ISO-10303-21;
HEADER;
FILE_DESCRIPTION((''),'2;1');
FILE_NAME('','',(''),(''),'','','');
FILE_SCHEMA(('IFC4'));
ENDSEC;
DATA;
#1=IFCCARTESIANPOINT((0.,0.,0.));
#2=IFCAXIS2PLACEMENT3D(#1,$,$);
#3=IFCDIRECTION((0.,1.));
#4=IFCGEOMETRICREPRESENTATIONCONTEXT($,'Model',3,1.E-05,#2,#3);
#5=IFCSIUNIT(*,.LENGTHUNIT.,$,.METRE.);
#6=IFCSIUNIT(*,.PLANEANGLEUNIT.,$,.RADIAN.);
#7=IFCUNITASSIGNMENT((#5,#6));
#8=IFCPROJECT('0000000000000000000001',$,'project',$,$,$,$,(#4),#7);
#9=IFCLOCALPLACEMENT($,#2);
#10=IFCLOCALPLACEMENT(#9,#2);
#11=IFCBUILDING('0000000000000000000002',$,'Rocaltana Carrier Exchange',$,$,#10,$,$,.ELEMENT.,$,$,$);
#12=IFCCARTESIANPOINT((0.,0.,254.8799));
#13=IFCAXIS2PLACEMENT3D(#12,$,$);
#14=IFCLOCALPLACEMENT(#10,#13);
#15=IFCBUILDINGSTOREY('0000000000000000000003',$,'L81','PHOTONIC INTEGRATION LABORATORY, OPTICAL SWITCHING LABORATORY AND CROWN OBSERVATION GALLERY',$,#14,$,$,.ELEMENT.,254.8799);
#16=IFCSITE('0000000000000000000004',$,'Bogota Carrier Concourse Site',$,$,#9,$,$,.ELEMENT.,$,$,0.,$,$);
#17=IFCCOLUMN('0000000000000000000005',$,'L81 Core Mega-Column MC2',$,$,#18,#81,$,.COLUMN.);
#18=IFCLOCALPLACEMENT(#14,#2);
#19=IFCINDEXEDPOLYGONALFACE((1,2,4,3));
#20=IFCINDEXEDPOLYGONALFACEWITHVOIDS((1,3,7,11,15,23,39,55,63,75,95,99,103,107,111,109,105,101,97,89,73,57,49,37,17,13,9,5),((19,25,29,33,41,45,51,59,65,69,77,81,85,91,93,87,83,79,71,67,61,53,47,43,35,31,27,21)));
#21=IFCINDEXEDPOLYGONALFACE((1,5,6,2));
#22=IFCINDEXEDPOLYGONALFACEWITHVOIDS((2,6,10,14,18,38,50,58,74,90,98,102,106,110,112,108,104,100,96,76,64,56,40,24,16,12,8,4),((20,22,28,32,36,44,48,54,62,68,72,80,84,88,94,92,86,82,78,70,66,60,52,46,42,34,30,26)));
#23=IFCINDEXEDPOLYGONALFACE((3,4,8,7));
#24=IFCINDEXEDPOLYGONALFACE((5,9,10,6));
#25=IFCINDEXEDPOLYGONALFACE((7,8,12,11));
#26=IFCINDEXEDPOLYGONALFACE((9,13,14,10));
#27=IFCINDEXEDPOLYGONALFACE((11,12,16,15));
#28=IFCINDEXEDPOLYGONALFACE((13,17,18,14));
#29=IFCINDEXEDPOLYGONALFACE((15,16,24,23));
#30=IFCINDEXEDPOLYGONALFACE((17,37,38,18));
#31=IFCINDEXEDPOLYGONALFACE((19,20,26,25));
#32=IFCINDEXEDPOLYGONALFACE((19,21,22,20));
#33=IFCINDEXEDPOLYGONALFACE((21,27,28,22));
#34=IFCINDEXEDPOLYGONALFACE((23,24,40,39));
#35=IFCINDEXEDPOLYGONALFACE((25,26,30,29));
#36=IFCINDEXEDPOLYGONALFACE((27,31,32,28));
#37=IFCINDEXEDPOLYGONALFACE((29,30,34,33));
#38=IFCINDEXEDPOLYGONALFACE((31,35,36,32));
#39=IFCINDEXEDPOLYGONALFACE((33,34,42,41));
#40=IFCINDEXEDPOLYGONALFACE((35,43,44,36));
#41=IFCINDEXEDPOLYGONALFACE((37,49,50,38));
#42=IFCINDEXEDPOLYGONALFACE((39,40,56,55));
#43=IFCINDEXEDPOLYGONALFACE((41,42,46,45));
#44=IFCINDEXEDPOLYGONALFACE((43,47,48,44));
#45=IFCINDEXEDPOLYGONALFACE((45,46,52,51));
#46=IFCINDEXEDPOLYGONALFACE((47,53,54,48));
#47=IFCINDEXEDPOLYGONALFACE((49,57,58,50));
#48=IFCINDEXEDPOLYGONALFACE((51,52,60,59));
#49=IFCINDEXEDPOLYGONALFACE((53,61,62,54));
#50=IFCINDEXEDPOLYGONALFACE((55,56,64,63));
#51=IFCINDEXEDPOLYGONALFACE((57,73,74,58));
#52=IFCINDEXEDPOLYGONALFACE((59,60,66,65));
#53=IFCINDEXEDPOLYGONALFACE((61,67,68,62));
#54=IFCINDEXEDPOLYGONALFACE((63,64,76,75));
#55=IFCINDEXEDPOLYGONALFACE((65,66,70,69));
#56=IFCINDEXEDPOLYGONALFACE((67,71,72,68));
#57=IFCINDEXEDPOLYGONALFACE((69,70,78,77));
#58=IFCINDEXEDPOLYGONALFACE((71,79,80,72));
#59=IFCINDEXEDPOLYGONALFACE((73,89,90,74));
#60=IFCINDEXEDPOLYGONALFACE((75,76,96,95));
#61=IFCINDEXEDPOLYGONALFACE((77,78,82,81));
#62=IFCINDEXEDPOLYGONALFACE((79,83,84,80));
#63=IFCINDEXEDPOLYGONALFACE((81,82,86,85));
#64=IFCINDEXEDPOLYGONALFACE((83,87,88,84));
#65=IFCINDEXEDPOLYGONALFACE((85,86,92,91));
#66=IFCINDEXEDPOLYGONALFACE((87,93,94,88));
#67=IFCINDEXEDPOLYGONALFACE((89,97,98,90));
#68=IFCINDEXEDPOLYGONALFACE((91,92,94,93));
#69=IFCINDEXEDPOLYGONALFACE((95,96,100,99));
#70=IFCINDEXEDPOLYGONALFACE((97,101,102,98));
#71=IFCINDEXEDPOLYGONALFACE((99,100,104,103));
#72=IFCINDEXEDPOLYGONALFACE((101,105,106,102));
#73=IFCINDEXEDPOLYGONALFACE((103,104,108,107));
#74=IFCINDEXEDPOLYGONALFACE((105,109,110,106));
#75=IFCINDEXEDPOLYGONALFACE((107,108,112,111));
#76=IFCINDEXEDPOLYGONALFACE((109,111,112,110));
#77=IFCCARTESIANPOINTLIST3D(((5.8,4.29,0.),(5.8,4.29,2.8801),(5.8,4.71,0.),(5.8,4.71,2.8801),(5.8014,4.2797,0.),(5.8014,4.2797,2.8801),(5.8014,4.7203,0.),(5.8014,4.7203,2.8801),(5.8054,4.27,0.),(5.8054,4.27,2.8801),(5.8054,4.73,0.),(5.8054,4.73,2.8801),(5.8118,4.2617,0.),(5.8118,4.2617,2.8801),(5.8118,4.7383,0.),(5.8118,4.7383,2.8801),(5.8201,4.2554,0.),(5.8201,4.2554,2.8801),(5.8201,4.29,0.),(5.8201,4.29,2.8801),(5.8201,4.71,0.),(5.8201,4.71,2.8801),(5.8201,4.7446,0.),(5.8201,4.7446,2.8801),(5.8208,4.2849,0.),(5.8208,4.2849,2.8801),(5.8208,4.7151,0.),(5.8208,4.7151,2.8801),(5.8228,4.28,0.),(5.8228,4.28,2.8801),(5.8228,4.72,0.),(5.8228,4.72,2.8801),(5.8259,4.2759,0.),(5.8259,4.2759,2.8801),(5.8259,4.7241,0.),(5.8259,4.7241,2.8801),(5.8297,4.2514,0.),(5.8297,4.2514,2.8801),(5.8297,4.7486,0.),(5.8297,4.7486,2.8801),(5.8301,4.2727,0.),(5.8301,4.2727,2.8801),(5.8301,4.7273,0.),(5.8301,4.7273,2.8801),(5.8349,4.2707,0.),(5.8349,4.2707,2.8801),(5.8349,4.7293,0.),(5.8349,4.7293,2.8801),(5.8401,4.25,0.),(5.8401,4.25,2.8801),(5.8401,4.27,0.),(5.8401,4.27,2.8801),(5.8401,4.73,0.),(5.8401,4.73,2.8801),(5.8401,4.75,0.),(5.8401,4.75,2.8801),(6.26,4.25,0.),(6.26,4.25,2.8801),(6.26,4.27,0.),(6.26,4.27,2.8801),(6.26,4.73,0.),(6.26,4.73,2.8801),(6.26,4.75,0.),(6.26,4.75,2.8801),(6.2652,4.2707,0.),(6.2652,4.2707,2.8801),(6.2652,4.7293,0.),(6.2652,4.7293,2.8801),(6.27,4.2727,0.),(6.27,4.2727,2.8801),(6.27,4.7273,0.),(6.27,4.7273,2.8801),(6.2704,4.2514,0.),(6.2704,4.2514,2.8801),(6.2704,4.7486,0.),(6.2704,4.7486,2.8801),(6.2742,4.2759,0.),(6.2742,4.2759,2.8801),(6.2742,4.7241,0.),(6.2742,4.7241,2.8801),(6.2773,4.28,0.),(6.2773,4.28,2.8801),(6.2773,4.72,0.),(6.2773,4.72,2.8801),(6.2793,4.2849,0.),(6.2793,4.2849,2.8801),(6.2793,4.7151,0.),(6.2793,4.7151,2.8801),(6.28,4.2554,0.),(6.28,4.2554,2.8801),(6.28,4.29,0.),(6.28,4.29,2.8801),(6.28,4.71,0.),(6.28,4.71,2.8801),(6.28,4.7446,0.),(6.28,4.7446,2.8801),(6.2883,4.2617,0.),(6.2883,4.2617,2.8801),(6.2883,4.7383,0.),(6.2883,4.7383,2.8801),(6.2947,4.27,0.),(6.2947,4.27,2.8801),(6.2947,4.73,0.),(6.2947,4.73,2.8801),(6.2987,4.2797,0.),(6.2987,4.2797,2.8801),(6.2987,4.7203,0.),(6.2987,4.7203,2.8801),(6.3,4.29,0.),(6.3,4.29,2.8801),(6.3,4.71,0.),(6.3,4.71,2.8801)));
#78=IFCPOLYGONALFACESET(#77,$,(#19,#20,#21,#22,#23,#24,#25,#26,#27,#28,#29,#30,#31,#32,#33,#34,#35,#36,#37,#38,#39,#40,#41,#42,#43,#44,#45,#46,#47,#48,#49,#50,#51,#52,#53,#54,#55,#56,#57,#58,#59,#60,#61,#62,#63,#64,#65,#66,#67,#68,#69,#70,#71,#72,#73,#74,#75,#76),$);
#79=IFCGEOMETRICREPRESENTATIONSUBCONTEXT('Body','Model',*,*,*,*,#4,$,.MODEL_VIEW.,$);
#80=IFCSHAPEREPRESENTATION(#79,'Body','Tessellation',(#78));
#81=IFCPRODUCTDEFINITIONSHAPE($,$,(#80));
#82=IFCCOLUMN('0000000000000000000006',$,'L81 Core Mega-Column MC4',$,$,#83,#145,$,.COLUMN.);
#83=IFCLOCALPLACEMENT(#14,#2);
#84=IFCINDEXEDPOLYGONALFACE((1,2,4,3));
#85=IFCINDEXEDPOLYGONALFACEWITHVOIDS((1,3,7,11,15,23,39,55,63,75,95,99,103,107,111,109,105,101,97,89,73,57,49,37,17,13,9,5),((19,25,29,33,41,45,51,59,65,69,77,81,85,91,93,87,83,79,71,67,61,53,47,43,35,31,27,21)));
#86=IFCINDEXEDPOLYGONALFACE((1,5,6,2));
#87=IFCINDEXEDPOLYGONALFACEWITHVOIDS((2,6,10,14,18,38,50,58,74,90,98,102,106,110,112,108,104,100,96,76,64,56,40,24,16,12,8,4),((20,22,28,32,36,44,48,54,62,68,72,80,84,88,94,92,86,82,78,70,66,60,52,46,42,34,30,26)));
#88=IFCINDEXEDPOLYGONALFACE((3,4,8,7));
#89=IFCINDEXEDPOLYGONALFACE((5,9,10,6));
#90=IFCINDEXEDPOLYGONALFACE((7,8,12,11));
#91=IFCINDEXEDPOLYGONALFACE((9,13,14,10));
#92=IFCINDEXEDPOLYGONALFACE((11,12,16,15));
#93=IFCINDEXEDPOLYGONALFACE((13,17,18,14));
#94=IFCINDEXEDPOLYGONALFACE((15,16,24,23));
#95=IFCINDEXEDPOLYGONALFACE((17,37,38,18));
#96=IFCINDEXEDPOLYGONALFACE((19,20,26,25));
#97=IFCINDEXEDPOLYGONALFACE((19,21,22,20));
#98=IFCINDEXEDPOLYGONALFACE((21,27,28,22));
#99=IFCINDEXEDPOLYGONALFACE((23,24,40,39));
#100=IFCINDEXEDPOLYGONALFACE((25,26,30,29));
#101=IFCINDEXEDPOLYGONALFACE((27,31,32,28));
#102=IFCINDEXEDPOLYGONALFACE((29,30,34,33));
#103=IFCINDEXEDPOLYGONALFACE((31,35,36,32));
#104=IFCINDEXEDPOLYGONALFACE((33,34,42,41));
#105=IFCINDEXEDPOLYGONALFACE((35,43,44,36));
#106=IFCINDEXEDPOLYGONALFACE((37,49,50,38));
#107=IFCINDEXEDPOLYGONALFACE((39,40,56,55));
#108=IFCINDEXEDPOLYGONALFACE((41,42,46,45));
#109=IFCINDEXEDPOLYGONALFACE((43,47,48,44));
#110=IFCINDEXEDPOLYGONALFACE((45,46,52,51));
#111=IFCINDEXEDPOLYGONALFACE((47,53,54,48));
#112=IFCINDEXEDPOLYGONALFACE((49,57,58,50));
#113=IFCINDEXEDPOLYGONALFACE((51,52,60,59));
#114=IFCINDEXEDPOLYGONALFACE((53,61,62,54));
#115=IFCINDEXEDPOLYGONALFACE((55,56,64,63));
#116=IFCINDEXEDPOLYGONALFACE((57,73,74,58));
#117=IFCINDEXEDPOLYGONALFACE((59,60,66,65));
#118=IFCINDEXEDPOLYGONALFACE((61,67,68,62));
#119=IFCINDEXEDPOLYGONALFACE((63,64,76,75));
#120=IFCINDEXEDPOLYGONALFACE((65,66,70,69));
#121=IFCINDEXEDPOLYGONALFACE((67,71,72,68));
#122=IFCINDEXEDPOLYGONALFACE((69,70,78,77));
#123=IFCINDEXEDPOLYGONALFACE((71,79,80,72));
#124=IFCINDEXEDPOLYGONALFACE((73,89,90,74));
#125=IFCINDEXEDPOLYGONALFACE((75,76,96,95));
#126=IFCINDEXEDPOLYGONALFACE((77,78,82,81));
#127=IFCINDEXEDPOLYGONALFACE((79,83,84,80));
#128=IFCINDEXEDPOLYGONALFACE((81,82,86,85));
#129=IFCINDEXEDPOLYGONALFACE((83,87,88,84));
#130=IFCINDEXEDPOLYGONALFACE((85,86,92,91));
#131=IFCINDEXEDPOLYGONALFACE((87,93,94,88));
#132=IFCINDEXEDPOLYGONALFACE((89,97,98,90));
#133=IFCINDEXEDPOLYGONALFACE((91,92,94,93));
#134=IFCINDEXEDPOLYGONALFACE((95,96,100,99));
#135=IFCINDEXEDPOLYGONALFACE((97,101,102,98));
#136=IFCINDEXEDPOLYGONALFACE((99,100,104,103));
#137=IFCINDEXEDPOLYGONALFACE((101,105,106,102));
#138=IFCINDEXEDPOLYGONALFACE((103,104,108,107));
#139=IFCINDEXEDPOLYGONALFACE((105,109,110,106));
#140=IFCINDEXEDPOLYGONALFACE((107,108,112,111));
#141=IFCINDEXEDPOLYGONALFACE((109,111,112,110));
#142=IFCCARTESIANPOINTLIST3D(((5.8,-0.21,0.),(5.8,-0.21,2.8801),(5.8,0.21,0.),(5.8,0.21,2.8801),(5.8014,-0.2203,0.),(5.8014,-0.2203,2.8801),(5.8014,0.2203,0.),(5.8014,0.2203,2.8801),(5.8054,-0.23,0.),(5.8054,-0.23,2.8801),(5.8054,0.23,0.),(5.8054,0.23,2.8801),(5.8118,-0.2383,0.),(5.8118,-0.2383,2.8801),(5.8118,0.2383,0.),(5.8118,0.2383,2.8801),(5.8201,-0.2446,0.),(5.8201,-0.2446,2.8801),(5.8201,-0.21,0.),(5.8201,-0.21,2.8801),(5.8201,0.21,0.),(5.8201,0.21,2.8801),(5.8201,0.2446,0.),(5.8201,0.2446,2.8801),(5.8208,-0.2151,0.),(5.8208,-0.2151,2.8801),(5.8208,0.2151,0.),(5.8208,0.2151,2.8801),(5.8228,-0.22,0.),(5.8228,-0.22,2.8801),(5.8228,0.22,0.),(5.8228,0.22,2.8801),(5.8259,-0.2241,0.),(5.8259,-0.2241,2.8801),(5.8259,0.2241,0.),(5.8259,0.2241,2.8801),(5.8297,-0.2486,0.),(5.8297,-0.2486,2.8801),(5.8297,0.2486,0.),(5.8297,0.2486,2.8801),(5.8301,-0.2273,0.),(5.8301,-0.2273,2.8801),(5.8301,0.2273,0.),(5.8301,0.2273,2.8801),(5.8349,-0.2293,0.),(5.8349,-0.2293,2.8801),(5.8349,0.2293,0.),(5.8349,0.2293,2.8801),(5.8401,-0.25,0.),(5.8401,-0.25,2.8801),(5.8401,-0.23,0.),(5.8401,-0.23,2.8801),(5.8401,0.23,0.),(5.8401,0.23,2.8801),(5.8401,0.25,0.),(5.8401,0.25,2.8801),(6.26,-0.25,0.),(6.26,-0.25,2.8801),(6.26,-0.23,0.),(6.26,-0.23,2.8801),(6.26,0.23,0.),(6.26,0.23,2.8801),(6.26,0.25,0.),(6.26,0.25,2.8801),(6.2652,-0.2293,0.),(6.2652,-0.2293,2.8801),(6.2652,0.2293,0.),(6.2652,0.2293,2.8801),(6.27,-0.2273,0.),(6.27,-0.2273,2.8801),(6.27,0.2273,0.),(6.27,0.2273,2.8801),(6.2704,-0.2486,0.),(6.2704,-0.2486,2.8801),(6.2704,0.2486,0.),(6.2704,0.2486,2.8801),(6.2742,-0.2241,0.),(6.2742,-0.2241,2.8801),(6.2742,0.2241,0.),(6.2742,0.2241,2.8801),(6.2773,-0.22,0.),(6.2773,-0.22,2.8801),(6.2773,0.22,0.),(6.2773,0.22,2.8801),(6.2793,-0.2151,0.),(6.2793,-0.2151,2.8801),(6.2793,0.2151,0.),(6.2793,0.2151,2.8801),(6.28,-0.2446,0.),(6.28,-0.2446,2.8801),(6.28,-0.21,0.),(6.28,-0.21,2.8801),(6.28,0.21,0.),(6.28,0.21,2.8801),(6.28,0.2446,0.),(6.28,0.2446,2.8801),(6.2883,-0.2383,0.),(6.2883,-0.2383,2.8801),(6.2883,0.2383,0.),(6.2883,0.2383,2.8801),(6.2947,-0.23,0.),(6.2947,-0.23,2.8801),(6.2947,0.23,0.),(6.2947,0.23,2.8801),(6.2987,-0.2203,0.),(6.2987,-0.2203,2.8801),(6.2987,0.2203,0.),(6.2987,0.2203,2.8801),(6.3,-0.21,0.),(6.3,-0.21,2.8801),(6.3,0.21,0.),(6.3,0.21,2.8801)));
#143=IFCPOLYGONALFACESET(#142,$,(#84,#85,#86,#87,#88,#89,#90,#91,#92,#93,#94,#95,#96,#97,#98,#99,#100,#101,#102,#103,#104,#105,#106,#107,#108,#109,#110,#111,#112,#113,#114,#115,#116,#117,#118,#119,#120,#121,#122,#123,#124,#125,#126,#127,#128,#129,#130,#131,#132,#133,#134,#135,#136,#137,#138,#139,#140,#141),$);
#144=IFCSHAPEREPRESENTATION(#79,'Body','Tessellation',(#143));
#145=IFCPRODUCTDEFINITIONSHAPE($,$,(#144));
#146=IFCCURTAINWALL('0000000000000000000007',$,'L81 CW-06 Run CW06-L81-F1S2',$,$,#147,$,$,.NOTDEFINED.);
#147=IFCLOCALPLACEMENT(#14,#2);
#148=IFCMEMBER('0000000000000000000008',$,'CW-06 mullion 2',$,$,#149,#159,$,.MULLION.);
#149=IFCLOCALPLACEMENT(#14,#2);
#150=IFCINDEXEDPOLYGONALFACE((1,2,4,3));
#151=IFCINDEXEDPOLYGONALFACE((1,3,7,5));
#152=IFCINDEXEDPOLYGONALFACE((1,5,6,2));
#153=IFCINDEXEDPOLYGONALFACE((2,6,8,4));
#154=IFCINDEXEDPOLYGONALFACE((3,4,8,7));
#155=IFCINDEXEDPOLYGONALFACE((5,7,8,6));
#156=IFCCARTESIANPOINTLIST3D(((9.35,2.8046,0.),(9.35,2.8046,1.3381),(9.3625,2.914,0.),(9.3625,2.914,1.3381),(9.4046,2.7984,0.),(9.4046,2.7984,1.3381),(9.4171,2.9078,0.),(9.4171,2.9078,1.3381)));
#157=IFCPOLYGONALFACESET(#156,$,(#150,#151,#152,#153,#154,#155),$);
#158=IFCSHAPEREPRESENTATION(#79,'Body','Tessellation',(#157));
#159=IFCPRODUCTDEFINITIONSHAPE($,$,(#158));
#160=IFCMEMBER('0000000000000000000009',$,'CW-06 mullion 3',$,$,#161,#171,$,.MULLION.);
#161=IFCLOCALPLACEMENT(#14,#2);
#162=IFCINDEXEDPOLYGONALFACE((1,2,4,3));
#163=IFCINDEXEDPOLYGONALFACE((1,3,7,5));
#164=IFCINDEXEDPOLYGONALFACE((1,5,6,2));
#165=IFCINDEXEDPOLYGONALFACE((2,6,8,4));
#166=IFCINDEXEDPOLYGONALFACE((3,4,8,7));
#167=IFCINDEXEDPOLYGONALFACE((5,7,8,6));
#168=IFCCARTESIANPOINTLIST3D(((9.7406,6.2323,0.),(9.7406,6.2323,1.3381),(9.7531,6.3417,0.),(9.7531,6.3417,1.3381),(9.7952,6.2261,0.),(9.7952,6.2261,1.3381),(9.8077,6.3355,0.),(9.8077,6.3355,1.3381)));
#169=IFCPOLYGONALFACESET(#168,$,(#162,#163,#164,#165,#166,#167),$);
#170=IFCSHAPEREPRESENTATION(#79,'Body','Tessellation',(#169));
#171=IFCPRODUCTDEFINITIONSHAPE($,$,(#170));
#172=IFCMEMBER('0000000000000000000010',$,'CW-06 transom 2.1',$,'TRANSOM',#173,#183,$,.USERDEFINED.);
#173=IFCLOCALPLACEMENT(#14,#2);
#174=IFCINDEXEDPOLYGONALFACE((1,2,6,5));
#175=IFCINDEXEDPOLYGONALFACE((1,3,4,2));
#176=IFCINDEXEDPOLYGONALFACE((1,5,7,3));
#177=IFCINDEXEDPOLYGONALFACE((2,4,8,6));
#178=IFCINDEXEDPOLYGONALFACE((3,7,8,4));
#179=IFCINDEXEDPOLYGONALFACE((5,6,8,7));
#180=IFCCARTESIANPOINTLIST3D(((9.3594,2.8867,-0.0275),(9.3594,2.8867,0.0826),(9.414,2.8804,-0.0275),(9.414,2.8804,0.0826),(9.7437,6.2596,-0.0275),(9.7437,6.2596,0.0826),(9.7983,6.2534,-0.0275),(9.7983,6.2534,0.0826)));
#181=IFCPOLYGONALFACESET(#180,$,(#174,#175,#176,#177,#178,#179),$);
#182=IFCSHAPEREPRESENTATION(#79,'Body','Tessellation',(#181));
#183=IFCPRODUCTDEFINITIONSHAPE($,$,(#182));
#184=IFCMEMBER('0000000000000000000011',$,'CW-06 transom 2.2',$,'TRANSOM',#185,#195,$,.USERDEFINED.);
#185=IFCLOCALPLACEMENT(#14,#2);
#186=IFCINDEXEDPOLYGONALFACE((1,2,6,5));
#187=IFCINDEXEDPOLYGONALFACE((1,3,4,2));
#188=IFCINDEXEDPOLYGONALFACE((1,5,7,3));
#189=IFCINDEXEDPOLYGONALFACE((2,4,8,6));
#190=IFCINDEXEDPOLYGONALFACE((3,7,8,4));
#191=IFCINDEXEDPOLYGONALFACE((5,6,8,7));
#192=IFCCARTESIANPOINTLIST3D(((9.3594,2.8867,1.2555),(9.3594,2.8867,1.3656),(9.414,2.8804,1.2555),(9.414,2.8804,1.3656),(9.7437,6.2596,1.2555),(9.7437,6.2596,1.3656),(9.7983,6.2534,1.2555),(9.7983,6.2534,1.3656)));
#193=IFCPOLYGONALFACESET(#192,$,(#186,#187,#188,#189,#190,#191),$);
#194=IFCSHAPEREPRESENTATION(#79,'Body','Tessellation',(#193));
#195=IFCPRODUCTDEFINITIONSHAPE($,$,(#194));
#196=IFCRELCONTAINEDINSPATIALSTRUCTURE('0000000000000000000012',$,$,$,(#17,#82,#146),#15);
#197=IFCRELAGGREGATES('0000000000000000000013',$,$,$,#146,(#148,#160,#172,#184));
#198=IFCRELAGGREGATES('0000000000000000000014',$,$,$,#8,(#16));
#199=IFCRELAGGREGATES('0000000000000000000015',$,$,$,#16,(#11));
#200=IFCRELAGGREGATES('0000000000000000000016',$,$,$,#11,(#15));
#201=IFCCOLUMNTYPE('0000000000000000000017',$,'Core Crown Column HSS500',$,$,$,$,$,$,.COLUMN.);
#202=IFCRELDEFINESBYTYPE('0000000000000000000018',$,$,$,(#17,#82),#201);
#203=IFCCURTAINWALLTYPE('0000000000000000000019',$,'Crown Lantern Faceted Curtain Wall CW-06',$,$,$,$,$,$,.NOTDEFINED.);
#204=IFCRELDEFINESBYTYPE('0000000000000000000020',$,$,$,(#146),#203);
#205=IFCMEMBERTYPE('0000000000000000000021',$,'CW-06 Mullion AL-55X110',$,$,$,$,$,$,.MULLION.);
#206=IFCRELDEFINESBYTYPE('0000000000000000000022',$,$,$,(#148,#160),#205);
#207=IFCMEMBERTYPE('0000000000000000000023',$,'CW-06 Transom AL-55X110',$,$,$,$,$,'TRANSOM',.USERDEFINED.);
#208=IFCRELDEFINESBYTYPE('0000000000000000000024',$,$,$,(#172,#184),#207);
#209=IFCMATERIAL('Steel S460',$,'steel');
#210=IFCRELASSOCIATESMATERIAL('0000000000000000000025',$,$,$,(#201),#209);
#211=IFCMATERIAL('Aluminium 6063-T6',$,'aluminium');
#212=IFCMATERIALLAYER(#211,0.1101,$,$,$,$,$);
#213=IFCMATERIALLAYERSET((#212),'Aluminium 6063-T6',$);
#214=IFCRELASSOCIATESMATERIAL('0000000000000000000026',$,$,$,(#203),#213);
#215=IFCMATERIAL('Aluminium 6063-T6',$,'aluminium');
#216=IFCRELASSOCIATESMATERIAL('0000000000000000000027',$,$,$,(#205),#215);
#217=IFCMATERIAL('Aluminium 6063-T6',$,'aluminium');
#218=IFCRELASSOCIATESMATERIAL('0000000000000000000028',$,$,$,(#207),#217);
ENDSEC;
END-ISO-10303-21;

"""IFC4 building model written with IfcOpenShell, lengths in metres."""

from ifc_helpers import new_model, si_unit, direction, frame, origin, origin_2d, place, context, subcontext, project, spatial, rectangle, hollow_rectangle, extrude, material, layer, layer_set, material_profile, profile_set, type_object, element, aggregate, save


model = new_model("IFC4")

# Units and contexts
model_context = context("Model", 3, precision=1e-05, world=origin(), true_north=direction((0.0, 1.0)))
body_context = subcontext(model_context, "Body", "Model", "MODEL_VIEW")
ifc_project = project(units=[si_unit("LENGTHUNIT", "METRE"), si_unit("PLANEANGLEUNIT", "RADIAN")], contexts=[model_context])

# Site, building, storey
site_placement = place(None, origin())
site = spatial("IfcSite", under=ifc_project, at=site_placement, Name="Bogota Carrier Concourse Site", CompositionType="ELEMENT", RefElevation=0.0)
building_placement = place(site_placement, origin())
building = spatial("IfcBuilding", under=site, at=building_placement, Name="Rocaltana Carrier Exchange", CompositionType="ELEMENT")
storey_placement = place(building_placement, frame((0.0, 0.0, 254.8799)))
storey = spatial("IfcBuildingStorey", under=building, at=storey_placement, Name="L81", Description="PHOTONIC INTEGRATION LABORATORY, OPTICAL SWITCHING LABORATORY AND CROWN OBSERVATION GALLERY", CompositionType="ELEMENT", Elevation=254.8799)

# Columns
ifc_material_1 = material(Name="Steel S460", Category="steel")
ifc_material_profile_1 = material_profile(ifc_material_1, hollow_rectangle(XDim=0.5, YDim=0.5, WallThickness=0.02, InnerFilletRadius=0.02, OuterFilletRadius=0.04, at=origin_2d()), Name="HSS500X500X20")
ifc_profile_set_1 = profile_set([ifc_material_profile_1], Name="Steel S460")
column_type = type_object("IfcColumnType", Name="Core Crown Column HSS500", PredefinedType="COLUMN", material=ifc_profile_set_1)
for number, where, z_axis, x_axis, name in (
    (1, (6.05, 4.5, 0.0), (0.0, 0.0, 1.0), (1.0, 0.0, 0.0), "L81 Core Mega-Column MC2"),
    (2, (6.05, 0.0, 0.0), (0.0, 0.0, 1.0), (1.0, 0.0, 0.0), "L81 Core Mega-Column MC4"),
):
    element("IfcColumn", number, at=place(storey_placement, frame(where, z_axis=z_axis, x_axis=x_axis)), inside=storey, type_object=column_type, Name=name, PredefinedType="COLUMN", context=body_context, shape_type="SweptSolid", body=[
        extrude(hollow_rectangle(XDim=0.5, YDim=0.5, WallThickness=0.02, InnerFilletRadius=0.02, OuterFilletRadius=0.04, at=origin_2d()), origin(), (0.0, 0.0, 1.0), 2.8801),
    ])

# Curtain wall, members
ifc_material_2 = material(Name="Aluminium 6063-T6", Category="aluminium")
ifc_layer_1 = layer(ifc_material_2, 0.1101)
ifc_layer_set_1 = layer_set([ifc_layer_1], Name="Aluminium 6063-T6")
curtain_wall_type = type_object("IfcCurtainWallType", Name="Crown Lantern Faceted Curtain Wall CW-06", PredefinedType="NOTDEFINED", material=ifc_layer_set_1)
curtain_wall_placement = place(storey_placement, origin())
curtain_wall = element("IfcCurtainWall", 3, at=curtain_wall_placement, inside=storey, type_object=curtain_wall_type, Name="L81 CW-06 Run CW06-L81-F1S2", PredefinedType="NOTDEFINED")
ifc_material_3 = material(Name="Aluminium 6063-T6", Category="aluminium")
ifc_material_profile_2 = material_profile(ifc_material_3, rectangle(XDim=0.0549, YDim=0.1101, at=origin_2d()), Name="AL-55X110")
ifc_profile_set_2 = profile_set([ifc_material_profile_2], Name="Aluminium 6063-T6")
member_type_1 = type_object("IfcMemberType", Name="CW-06 Mullion AL-55X110", PredefinedType="MULLION", material=ifc_profile_set_2)
member_1_placement = place(storey_placement, frame((9.3835, 2.8562, 0.0), z_axis=(0.0, 0.0, 1.0), x_axis=(-0.993572, 0.113203, 0.0)))
member_1 = element("IfcMember", 4, at=member_1_placement, type_object=member_type_1, Name="CW-06 mullion 2", PredefinedType="MULLION", context=body_context, shape_type="SweptSolid", body=[
    extrude(rectangle(XDim=0.0549, YDim=0.1101, at=origin_2d()), origin(), (0.0, 0.0, 1.0), 1.3381),
])
member_2_placement = place(storey_placement, frame((9.7742, 6.2839, 0.0), z_axis=(0.0, 0.0, 1.0), x_axis=(-0.993572, 0.113203, 0.0)))
member_2 = element("IfcMember", 5, at=member_2_placement, type_object=member_type_1, Name="CW-06 mullion 3", PredefinedType="MULLION", context=body_context, shape_type="SweptSolid", body=[
    extrude(rectangle(XDim=0.0549, YDim=0.1101, at=origin_2d()), origin(), (0.0, 0.0, 1.0), 1.3381),
])
ifc_material_4 = material(Name="Aluminium 6063-T6", Category="aluminium")
ifc_material_profile_3 = material_profile(ifc_material_4, rectangle(XDim=0.0549, YDim=0.1101, at=origin_2d()), Name="AL-55X110")
ifc_profile_set_3 = profile_set([ifc_material_profile_3], Name="Aluminium 6063-T6")
member_type_2 = type_object("IfcMemberType", Name="CW-06 Transom AL-55X110", ElementType="TRANSOM", PredefinedType="USERDEFINED", material=ifc_profile_set_3)
member_3_placement = place(storey_placement, frame((9.3867, 2.8835, 0.0276), z_axis=(0.113194, 0.993573, 0.0), x_axis=(-0.993573, 0.113194, 0.0)))
member_3 = element("IfcMember", 6, at=member_3_placement, type_object=member_type_2, Name="CW-06 transom 2.1", ObjectType="TRANSOM", PredefinedType="USERDEFINED", context=body_context, shape_type="SweptSolid", body=[
    extrude(rectangle(XDim=0.0549, YDim=0.1101, at=origin_2d()), origin(), (0.0, 0.0, 1.0), 3.3948),
])
member_4_placement = place(storey_placement, frame((9.3867, 2.8835, 1.3105), z_axis=(0.113194, 0.993573, 0.0), x_axis=(-0.993573, 0.113194, 0.0)))
member_4 = element("IfcMember", 7, at=member_4_placement, type_object=member_type_2, Name="CW-06 transom 2.2", ObjectType="TRANSOM", PredefinedType="USERDEFINED", context=body_context, shape_type="SweptSolid", body=[
    extrude(rectangle(XDim=0.0549, YDim=0.1101, at=origin_2d()), origin(), (0.0, 0.0, 1.0), 3.3948),
])

aggregate(curtain_wall, [member_1, member_2, member_3, member_4])

save(model, "model.ifc")
